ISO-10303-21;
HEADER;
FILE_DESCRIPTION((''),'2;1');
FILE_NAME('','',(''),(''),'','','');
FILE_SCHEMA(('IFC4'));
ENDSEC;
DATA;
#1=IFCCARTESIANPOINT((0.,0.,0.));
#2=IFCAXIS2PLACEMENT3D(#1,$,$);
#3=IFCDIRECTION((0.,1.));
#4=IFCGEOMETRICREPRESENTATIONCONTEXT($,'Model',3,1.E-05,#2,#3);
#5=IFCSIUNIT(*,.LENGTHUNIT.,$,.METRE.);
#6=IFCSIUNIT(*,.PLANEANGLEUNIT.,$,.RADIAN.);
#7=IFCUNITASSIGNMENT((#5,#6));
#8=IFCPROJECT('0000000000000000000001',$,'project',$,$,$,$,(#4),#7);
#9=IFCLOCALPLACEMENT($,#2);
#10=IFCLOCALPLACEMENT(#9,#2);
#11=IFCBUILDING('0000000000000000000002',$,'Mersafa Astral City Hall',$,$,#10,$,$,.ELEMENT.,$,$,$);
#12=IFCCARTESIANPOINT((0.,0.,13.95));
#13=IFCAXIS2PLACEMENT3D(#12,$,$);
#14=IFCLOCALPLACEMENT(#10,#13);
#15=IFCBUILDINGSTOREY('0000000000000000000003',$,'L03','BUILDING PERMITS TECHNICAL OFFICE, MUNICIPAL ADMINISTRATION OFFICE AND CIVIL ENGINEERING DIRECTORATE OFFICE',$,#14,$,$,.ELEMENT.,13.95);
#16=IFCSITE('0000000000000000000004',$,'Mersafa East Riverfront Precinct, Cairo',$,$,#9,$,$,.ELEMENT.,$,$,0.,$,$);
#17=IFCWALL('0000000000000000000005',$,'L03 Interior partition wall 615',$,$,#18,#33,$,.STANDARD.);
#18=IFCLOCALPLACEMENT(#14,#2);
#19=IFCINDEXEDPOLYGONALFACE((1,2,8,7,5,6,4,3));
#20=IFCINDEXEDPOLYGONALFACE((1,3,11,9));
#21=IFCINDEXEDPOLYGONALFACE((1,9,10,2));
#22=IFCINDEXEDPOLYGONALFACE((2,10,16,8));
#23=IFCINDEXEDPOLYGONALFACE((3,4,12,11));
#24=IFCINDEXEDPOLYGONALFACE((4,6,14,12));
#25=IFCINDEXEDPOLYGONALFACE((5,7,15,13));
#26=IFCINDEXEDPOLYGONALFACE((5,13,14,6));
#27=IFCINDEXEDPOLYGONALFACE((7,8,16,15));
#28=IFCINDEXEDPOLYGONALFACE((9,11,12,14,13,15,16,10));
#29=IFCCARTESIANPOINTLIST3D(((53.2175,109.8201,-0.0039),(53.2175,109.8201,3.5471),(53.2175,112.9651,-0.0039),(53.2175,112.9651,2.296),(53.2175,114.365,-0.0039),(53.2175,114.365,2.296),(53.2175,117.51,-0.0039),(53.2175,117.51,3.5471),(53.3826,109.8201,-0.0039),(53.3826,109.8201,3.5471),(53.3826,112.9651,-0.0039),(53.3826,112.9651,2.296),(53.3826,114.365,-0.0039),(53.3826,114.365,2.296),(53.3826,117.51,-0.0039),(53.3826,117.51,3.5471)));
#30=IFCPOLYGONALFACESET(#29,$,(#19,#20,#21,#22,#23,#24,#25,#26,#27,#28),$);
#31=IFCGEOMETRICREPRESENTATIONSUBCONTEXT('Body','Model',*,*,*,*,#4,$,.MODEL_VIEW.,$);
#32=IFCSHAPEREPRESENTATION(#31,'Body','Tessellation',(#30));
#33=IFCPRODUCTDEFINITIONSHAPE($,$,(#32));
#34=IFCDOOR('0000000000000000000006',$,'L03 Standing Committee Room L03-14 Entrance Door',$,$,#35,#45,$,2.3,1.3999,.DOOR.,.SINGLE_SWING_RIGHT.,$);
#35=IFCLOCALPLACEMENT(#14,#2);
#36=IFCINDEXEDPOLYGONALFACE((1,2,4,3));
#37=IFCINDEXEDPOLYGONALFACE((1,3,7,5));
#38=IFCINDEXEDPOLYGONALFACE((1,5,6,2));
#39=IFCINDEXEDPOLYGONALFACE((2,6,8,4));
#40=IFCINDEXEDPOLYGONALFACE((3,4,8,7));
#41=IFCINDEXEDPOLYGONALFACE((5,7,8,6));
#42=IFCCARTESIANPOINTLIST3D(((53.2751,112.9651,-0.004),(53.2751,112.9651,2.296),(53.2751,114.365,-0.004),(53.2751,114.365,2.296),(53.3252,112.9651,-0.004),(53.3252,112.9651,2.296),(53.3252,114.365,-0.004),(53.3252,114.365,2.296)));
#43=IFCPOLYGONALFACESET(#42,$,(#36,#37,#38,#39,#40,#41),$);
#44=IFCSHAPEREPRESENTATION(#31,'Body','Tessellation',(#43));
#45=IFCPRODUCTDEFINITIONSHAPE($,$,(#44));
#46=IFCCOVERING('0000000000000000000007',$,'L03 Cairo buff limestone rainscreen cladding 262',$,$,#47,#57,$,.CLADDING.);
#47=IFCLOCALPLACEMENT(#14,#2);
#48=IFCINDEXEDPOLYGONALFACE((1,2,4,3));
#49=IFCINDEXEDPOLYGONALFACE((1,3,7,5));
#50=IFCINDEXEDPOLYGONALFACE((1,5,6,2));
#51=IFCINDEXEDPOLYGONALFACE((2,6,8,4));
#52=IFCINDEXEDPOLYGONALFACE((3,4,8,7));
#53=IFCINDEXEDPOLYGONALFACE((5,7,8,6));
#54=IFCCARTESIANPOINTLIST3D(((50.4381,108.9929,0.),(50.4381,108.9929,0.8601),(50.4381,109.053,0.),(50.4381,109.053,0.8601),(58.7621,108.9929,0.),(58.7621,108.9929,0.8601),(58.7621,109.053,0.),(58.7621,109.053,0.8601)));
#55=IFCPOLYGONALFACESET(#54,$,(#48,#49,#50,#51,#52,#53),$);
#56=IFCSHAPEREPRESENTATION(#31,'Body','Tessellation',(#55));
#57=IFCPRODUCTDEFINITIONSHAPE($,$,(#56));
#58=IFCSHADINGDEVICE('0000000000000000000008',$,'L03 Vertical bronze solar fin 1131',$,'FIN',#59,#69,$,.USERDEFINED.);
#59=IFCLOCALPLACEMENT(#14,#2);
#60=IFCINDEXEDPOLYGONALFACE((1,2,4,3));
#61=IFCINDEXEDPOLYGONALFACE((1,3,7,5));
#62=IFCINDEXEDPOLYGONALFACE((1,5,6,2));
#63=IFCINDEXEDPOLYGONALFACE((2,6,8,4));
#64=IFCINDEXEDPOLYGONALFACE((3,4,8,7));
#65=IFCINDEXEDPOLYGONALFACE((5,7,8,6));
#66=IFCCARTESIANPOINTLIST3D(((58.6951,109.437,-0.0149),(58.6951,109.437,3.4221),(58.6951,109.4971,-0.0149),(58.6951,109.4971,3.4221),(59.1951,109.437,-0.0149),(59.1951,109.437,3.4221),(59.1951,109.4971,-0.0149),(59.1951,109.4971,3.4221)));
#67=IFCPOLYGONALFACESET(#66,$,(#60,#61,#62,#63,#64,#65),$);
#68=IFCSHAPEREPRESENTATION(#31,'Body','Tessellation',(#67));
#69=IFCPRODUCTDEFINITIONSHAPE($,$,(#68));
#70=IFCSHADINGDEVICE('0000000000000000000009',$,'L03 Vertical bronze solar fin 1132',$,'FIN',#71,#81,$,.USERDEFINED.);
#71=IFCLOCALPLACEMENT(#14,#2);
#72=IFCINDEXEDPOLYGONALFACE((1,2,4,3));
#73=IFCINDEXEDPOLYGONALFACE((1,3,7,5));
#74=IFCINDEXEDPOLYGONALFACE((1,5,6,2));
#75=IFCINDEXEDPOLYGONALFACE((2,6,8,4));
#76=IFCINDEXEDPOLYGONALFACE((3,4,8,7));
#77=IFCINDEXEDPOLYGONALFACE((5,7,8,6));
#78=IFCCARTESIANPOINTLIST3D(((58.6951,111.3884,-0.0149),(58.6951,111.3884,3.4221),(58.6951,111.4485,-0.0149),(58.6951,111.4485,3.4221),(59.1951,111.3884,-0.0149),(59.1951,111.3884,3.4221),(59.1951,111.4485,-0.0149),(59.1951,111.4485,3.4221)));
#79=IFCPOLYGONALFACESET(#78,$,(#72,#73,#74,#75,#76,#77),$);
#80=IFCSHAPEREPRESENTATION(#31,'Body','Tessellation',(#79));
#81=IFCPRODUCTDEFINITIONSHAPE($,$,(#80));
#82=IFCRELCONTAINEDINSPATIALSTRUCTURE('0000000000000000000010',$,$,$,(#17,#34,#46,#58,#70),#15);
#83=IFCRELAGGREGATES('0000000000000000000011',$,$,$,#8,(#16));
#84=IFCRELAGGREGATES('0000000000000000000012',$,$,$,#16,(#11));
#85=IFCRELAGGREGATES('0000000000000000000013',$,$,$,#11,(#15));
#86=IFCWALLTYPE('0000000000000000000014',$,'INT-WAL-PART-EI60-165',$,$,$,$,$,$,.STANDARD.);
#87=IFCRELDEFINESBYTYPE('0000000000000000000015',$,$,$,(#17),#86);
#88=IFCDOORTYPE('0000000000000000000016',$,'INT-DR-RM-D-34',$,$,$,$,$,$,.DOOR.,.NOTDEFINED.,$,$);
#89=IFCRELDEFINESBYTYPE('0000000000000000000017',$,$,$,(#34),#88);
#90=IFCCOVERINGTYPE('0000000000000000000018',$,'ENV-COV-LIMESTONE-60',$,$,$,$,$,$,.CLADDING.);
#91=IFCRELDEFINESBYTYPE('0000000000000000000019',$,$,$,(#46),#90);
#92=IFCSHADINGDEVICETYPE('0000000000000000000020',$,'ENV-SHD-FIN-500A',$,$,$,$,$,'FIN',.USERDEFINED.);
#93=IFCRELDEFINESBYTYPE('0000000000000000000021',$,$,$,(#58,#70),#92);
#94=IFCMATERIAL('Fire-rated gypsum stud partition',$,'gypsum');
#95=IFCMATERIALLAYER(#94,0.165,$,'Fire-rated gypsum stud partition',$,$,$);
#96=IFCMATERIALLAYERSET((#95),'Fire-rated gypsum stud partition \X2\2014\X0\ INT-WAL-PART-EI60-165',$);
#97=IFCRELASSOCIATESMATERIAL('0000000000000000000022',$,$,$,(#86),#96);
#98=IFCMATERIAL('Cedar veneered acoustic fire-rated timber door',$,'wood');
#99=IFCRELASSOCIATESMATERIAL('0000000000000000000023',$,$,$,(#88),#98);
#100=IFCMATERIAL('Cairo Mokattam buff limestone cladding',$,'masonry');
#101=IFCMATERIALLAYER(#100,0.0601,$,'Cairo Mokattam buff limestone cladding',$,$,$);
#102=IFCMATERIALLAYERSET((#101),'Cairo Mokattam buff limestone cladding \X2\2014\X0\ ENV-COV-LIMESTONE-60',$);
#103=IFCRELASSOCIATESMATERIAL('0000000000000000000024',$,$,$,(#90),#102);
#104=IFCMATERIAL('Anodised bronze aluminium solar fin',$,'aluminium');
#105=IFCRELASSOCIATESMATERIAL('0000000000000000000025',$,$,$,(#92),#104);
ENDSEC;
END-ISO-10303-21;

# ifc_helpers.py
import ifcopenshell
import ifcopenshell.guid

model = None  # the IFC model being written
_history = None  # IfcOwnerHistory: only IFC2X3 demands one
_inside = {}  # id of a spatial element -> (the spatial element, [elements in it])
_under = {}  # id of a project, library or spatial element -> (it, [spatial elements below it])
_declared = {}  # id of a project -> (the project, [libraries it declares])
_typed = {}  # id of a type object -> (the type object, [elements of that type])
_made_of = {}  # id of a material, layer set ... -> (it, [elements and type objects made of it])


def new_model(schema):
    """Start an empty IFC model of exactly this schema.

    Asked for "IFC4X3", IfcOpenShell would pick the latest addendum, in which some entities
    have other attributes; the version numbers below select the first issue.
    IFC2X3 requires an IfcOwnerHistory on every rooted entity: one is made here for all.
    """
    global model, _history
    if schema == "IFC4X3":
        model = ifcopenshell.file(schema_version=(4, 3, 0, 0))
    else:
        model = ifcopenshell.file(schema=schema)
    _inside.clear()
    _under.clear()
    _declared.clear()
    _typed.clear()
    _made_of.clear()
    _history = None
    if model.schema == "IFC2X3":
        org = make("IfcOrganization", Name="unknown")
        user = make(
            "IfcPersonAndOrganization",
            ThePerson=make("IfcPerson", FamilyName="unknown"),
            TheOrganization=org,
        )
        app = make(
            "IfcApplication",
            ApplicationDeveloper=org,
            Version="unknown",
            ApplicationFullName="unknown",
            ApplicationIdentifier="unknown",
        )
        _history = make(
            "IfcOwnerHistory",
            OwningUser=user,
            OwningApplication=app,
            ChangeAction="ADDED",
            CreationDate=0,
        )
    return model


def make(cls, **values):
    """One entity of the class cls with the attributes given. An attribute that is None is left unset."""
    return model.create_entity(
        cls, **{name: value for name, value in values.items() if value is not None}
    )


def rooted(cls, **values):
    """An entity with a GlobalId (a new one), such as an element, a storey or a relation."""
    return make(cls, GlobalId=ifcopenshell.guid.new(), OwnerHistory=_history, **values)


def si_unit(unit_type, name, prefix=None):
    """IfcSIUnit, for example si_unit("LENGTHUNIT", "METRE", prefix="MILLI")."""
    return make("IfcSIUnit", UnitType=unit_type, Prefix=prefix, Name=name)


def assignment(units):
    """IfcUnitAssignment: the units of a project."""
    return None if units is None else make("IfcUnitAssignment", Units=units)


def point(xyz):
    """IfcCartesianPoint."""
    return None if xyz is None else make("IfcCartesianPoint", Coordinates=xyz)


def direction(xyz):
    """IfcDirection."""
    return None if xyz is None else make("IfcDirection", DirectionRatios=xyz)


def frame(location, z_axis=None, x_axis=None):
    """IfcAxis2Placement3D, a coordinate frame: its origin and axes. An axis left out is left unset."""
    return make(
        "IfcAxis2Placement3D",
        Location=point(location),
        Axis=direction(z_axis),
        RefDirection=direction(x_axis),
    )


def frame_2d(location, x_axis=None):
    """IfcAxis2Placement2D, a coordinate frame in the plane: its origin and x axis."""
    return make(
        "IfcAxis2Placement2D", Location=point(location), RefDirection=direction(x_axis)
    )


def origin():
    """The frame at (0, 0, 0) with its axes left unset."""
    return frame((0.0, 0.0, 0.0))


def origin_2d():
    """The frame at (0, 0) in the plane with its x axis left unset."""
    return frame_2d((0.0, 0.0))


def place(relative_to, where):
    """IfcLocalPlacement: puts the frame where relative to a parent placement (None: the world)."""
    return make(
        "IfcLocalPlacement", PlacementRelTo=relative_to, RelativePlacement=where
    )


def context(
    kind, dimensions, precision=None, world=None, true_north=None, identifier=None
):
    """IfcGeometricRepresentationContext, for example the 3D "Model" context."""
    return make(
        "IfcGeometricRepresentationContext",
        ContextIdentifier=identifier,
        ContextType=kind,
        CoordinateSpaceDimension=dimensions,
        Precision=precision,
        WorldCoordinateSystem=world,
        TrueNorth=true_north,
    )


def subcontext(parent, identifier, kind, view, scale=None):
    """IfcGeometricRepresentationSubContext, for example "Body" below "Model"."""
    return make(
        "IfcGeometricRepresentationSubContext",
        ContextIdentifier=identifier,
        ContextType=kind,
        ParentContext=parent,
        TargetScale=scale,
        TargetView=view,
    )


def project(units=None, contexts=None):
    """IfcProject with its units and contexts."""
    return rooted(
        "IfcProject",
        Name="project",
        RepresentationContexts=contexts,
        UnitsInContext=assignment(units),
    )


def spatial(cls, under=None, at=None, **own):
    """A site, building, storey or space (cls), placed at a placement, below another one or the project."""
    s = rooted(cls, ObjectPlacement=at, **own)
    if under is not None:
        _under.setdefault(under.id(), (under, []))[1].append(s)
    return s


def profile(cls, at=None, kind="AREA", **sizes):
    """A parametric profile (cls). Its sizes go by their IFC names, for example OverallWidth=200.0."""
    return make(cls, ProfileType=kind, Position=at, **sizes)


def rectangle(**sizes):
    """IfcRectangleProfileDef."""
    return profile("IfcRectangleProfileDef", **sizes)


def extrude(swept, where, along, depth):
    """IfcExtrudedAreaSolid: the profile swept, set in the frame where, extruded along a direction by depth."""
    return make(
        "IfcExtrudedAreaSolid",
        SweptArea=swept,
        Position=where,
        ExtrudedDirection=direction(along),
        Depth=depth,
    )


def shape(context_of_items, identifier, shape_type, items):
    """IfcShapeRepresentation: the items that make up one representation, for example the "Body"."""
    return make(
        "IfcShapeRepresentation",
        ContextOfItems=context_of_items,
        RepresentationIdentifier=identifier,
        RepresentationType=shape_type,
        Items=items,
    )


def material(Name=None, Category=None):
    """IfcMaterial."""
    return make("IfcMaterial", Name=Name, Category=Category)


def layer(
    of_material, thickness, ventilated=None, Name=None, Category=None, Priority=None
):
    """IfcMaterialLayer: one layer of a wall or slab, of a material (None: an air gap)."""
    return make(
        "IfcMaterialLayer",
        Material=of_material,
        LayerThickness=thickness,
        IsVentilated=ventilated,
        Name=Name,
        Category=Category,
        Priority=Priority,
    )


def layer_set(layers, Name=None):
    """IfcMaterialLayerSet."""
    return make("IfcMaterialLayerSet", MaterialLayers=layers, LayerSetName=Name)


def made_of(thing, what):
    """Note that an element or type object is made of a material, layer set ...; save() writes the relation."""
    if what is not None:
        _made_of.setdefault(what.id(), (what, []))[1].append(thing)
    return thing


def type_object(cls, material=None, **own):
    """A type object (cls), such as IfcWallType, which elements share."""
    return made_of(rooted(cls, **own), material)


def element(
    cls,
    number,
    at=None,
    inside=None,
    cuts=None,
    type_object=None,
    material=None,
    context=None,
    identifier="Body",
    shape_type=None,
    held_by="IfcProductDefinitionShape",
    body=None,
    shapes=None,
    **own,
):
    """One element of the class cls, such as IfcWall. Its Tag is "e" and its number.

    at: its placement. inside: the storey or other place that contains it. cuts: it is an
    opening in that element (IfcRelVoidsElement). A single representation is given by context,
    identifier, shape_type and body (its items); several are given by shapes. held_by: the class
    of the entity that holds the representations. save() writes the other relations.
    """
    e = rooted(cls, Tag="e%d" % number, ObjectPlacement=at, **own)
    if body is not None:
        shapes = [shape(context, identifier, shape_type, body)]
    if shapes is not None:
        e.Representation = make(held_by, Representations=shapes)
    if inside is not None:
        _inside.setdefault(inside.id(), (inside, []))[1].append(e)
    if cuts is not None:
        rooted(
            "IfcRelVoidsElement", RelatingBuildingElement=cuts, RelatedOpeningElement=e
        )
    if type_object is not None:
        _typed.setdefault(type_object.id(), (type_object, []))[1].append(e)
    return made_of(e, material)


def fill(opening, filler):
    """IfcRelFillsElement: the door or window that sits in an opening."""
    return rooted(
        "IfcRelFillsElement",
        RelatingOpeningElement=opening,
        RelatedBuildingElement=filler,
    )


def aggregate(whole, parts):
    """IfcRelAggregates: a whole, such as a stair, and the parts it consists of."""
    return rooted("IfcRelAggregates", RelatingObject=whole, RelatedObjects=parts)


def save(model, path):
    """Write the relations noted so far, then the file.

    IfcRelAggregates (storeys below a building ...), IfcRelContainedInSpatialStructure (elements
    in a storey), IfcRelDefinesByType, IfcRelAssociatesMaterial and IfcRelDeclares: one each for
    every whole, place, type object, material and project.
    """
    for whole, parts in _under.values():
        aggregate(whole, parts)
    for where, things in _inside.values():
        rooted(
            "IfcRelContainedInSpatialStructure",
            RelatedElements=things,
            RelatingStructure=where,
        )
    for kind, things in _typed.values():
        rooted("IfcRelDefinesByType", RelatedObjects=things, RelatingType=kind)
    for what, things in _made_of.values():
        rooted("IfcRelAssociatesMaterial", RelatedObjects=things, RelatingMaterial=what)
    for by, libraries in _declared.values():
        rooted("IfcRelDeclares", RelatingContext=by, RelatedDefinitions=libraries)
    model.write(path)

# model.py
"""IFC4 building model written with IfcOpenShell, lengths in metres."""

from ifc_helpers import new_model, si_unit, direction, frame, frame_2d, origin, origin_2d, place, context, subcontext, project, spatial, rectangle, extrude, material, layer, layer_set, type_object, element, fill, save


model = new_model("IFC4")

# Units and contexts
model_context = context("Model", 3, precision=1e-05, world=origin(), true_north=direction((0.0, 1.0)))
body_context = subcontext(model_context, "Body", "Model", "MODEL_VIEW")
ifc_project = project(units=[si_unit("LENGTHUNIT", "METRE"), si_unit("PLANEANGLEUNIT", "RADIAN")], contexts=[model_context])

# Site, building, storey
site_placement = place(None, origin())
site = spatial("IfcSite", under=ifc_project, at=site_placement, Name="Mersafa East Riverfront Precinct, Cairo", CompositionType="ELEMENT", RefElevation=0.0)
building_placement = place(site_placement, origin())
building = spatial("IfcBuilding", under=site, at=building_placement, Name="Mersafa Astral City Hall", CompositionType="ELEMENT")
storey_placement = place(building_placement, frame((0.0, 0.0, 13.95)))
storey = spatial("IfcBuildingStorey", under=building, at=storey_placement, Name="L03", Description="BUILDING PERMITS TECHNICAL OFFICE, MUNICIPAL ADMINISTRATION OFFICE AND CIVIL ENGINEERING DIRECTORATE OFFICE", CompositionType="ELEMENT", Elevation=13.95)

# Wall, opening, door
ifc_material_1 = material(Name="Fire-rated gypsum stud partition", Category="gypsum")
ifc_layer_1 = layer(ifc_material_1, 0.165, Name="Fire-rated gypsum stud partition")
ifc_layer_set_1 = layer_set([ifc_layer_1], Name="Fire-rated gypsum stud partition — INT-WAL-PART-EI60-165")
wall_type = type_object("IfcWallType", Name="INT-WAL-PART-EI60-165", PredefinedType="STANDARD", material=ifc_layer_set_1)
wall_placement = place(storey_placement, frame((53.3, 109.8201, -0.0039), z_axis=(0.0, 0.0, 1.0), x_axis=(0.0, 1.0, 0.0)))
wall = element("IfcWall", 1, at=wall_placement, inside=storey, type_object=wall_type, Name="L03 Interior partition wall 615", PredefinedType="STANDARD", context=body_context, shape_type="SweptSolid", body=[
    extrude(rectangle(XDim=7.6899, YDim=0.165, at=frame_2d((3.845, 0.0))), origin(), (0.0, 0.0, 1.0), 3.551),
])
opening_placement = place(wall_placement, frame((3.145, 0.0, 0.0)))
opening = element("IfcOpeningElement", 2, at=opening_placement, cuts=wall, PredefinedType="OPENING", context=body_context, shape_type="SweptSolid", body=[
    extrude(rectangle(XDim=1.3999, YDim=2.3, at=frame_2d((0.7, 1.1499))), frame((0.0, 0.0925, 0.0), z_axis=(0.0, -1.0, 0.0), x_axis=(1.0, 0.0, 0.0)), (0.0, 0.0, 1.0), 0.1851),
])
ifc_material_2 = material(Name="Cedar veneered acoustic fire-rated timber door", Category="wood")
door_type = type_object("IfcDoorType", Name="INT-DR-RM-D-34", OperationType="NOTDEFINED", PredefinedType="DOOR", material=ifc_material_2)
door_placement = place(opening_placement, origin())
door = element("IfcDoor", 3, at=door_placement, inside=storey, type_object=door_type, Name="L03 Standing Committee Room L03-14 Entrance Door", OperationType="SINGLE_SWING_RIGHT", OverallHeight=2.3, OverallWidth=1.3999, PredefinedType="DOOR", context=body_context, shape_type="SweptSolid", body=[
    extrude(rectangle(XDim=1.3999, YDim=2.3, at=frame_2d((0.7, 1.1499))), frame((0.0, 0.0249, 0.0), z_axis=(0.0, -1.0, 0.0), x_axis=(1.0, 0.0, 0.0)), (0.0, 0.0, 1.0), 0.05),
])
fill(opening, door)

# Covering
ifc_material_3 = material(Name="Cairo Mokattam buff limestone cladding", Category="masonry")
ifc_layer_2 = layer(ifc_material_3, 0.0601, Name="Cairo Mokattam buff limestone cladding")
ifc_layer_set_2 = layer_set([ifc_layer_2], Name="Cairo Mokattam buff limestone cladding — ENV-COV-LIMESTONE-60")
covering_type = type_object("IfcCoveringType", Name="ENV-COV-LIMESTONE-60", PredefinedType="CLADDING", material=ifc_layer_set_2)
covering_placement = place(storey_placement, frame((54.6001, 109.0229, 0.0), z_axis=(0.0, 0.0, 1.0), x_axis=(1.0, 0.0, 0.0)))
element("IfcCovering", 4, at=covering_placement, inside=storey, type_object=covering_type, Name="L03 Cairo buff limestone rainscreen cladding 262", PredefinedType="CLADDING", context=body_context, shape_type="SweptSolid", body=[
    extrude(rectangle(XDim=8.324, YDim=0.0601, at=origin_2d()), origin(), (0.0, 0.0, 1.0), 0.8601),
])

# Shading devices
ifc_material_4 = material(Name="Anodised bronze aluminium solar fin", Category="aluminium")
shading_device_type = type_object("IfcShadingDeviceType", Name="ENV-SHD-FIN-500A", ElementType="FIN", PredefinedType="USERDEFINED", material=ifc_material_4)
for number, where, z_axis, x_axis, name in (
    (5, (58.9451, 109.467, -0.0149), (0.0, 0.0, 1.0), (0.0, 1.0, 0.0), "L03 Vertical bronze solar fin 1131"),
    (6, (58.9451, 111.4185, -0.0149), (0.0, 0.0, 1.0), (0.0, 1.0, 0.0), "L03 Vertical bronze solar fin 1132"),
):
    element("IfcShadingDevice", number, at=place(storey_placement, frame(where, z_axis=z_axis, x_axis=x_axis)), inside=storey, type_object=shading_device_type, Name=name, ObjectType="FIN", PredefinedType="USERDEFINED", context=body_context, shape_type="SweptSolid", body=[
        extrude(rectangle(XDim=0.0601, YDim=0.5, at=origin_2d()), origin(), (0.0, 0.0, 1.0), 3.437),
    ])

save(model, "model.ifc")
